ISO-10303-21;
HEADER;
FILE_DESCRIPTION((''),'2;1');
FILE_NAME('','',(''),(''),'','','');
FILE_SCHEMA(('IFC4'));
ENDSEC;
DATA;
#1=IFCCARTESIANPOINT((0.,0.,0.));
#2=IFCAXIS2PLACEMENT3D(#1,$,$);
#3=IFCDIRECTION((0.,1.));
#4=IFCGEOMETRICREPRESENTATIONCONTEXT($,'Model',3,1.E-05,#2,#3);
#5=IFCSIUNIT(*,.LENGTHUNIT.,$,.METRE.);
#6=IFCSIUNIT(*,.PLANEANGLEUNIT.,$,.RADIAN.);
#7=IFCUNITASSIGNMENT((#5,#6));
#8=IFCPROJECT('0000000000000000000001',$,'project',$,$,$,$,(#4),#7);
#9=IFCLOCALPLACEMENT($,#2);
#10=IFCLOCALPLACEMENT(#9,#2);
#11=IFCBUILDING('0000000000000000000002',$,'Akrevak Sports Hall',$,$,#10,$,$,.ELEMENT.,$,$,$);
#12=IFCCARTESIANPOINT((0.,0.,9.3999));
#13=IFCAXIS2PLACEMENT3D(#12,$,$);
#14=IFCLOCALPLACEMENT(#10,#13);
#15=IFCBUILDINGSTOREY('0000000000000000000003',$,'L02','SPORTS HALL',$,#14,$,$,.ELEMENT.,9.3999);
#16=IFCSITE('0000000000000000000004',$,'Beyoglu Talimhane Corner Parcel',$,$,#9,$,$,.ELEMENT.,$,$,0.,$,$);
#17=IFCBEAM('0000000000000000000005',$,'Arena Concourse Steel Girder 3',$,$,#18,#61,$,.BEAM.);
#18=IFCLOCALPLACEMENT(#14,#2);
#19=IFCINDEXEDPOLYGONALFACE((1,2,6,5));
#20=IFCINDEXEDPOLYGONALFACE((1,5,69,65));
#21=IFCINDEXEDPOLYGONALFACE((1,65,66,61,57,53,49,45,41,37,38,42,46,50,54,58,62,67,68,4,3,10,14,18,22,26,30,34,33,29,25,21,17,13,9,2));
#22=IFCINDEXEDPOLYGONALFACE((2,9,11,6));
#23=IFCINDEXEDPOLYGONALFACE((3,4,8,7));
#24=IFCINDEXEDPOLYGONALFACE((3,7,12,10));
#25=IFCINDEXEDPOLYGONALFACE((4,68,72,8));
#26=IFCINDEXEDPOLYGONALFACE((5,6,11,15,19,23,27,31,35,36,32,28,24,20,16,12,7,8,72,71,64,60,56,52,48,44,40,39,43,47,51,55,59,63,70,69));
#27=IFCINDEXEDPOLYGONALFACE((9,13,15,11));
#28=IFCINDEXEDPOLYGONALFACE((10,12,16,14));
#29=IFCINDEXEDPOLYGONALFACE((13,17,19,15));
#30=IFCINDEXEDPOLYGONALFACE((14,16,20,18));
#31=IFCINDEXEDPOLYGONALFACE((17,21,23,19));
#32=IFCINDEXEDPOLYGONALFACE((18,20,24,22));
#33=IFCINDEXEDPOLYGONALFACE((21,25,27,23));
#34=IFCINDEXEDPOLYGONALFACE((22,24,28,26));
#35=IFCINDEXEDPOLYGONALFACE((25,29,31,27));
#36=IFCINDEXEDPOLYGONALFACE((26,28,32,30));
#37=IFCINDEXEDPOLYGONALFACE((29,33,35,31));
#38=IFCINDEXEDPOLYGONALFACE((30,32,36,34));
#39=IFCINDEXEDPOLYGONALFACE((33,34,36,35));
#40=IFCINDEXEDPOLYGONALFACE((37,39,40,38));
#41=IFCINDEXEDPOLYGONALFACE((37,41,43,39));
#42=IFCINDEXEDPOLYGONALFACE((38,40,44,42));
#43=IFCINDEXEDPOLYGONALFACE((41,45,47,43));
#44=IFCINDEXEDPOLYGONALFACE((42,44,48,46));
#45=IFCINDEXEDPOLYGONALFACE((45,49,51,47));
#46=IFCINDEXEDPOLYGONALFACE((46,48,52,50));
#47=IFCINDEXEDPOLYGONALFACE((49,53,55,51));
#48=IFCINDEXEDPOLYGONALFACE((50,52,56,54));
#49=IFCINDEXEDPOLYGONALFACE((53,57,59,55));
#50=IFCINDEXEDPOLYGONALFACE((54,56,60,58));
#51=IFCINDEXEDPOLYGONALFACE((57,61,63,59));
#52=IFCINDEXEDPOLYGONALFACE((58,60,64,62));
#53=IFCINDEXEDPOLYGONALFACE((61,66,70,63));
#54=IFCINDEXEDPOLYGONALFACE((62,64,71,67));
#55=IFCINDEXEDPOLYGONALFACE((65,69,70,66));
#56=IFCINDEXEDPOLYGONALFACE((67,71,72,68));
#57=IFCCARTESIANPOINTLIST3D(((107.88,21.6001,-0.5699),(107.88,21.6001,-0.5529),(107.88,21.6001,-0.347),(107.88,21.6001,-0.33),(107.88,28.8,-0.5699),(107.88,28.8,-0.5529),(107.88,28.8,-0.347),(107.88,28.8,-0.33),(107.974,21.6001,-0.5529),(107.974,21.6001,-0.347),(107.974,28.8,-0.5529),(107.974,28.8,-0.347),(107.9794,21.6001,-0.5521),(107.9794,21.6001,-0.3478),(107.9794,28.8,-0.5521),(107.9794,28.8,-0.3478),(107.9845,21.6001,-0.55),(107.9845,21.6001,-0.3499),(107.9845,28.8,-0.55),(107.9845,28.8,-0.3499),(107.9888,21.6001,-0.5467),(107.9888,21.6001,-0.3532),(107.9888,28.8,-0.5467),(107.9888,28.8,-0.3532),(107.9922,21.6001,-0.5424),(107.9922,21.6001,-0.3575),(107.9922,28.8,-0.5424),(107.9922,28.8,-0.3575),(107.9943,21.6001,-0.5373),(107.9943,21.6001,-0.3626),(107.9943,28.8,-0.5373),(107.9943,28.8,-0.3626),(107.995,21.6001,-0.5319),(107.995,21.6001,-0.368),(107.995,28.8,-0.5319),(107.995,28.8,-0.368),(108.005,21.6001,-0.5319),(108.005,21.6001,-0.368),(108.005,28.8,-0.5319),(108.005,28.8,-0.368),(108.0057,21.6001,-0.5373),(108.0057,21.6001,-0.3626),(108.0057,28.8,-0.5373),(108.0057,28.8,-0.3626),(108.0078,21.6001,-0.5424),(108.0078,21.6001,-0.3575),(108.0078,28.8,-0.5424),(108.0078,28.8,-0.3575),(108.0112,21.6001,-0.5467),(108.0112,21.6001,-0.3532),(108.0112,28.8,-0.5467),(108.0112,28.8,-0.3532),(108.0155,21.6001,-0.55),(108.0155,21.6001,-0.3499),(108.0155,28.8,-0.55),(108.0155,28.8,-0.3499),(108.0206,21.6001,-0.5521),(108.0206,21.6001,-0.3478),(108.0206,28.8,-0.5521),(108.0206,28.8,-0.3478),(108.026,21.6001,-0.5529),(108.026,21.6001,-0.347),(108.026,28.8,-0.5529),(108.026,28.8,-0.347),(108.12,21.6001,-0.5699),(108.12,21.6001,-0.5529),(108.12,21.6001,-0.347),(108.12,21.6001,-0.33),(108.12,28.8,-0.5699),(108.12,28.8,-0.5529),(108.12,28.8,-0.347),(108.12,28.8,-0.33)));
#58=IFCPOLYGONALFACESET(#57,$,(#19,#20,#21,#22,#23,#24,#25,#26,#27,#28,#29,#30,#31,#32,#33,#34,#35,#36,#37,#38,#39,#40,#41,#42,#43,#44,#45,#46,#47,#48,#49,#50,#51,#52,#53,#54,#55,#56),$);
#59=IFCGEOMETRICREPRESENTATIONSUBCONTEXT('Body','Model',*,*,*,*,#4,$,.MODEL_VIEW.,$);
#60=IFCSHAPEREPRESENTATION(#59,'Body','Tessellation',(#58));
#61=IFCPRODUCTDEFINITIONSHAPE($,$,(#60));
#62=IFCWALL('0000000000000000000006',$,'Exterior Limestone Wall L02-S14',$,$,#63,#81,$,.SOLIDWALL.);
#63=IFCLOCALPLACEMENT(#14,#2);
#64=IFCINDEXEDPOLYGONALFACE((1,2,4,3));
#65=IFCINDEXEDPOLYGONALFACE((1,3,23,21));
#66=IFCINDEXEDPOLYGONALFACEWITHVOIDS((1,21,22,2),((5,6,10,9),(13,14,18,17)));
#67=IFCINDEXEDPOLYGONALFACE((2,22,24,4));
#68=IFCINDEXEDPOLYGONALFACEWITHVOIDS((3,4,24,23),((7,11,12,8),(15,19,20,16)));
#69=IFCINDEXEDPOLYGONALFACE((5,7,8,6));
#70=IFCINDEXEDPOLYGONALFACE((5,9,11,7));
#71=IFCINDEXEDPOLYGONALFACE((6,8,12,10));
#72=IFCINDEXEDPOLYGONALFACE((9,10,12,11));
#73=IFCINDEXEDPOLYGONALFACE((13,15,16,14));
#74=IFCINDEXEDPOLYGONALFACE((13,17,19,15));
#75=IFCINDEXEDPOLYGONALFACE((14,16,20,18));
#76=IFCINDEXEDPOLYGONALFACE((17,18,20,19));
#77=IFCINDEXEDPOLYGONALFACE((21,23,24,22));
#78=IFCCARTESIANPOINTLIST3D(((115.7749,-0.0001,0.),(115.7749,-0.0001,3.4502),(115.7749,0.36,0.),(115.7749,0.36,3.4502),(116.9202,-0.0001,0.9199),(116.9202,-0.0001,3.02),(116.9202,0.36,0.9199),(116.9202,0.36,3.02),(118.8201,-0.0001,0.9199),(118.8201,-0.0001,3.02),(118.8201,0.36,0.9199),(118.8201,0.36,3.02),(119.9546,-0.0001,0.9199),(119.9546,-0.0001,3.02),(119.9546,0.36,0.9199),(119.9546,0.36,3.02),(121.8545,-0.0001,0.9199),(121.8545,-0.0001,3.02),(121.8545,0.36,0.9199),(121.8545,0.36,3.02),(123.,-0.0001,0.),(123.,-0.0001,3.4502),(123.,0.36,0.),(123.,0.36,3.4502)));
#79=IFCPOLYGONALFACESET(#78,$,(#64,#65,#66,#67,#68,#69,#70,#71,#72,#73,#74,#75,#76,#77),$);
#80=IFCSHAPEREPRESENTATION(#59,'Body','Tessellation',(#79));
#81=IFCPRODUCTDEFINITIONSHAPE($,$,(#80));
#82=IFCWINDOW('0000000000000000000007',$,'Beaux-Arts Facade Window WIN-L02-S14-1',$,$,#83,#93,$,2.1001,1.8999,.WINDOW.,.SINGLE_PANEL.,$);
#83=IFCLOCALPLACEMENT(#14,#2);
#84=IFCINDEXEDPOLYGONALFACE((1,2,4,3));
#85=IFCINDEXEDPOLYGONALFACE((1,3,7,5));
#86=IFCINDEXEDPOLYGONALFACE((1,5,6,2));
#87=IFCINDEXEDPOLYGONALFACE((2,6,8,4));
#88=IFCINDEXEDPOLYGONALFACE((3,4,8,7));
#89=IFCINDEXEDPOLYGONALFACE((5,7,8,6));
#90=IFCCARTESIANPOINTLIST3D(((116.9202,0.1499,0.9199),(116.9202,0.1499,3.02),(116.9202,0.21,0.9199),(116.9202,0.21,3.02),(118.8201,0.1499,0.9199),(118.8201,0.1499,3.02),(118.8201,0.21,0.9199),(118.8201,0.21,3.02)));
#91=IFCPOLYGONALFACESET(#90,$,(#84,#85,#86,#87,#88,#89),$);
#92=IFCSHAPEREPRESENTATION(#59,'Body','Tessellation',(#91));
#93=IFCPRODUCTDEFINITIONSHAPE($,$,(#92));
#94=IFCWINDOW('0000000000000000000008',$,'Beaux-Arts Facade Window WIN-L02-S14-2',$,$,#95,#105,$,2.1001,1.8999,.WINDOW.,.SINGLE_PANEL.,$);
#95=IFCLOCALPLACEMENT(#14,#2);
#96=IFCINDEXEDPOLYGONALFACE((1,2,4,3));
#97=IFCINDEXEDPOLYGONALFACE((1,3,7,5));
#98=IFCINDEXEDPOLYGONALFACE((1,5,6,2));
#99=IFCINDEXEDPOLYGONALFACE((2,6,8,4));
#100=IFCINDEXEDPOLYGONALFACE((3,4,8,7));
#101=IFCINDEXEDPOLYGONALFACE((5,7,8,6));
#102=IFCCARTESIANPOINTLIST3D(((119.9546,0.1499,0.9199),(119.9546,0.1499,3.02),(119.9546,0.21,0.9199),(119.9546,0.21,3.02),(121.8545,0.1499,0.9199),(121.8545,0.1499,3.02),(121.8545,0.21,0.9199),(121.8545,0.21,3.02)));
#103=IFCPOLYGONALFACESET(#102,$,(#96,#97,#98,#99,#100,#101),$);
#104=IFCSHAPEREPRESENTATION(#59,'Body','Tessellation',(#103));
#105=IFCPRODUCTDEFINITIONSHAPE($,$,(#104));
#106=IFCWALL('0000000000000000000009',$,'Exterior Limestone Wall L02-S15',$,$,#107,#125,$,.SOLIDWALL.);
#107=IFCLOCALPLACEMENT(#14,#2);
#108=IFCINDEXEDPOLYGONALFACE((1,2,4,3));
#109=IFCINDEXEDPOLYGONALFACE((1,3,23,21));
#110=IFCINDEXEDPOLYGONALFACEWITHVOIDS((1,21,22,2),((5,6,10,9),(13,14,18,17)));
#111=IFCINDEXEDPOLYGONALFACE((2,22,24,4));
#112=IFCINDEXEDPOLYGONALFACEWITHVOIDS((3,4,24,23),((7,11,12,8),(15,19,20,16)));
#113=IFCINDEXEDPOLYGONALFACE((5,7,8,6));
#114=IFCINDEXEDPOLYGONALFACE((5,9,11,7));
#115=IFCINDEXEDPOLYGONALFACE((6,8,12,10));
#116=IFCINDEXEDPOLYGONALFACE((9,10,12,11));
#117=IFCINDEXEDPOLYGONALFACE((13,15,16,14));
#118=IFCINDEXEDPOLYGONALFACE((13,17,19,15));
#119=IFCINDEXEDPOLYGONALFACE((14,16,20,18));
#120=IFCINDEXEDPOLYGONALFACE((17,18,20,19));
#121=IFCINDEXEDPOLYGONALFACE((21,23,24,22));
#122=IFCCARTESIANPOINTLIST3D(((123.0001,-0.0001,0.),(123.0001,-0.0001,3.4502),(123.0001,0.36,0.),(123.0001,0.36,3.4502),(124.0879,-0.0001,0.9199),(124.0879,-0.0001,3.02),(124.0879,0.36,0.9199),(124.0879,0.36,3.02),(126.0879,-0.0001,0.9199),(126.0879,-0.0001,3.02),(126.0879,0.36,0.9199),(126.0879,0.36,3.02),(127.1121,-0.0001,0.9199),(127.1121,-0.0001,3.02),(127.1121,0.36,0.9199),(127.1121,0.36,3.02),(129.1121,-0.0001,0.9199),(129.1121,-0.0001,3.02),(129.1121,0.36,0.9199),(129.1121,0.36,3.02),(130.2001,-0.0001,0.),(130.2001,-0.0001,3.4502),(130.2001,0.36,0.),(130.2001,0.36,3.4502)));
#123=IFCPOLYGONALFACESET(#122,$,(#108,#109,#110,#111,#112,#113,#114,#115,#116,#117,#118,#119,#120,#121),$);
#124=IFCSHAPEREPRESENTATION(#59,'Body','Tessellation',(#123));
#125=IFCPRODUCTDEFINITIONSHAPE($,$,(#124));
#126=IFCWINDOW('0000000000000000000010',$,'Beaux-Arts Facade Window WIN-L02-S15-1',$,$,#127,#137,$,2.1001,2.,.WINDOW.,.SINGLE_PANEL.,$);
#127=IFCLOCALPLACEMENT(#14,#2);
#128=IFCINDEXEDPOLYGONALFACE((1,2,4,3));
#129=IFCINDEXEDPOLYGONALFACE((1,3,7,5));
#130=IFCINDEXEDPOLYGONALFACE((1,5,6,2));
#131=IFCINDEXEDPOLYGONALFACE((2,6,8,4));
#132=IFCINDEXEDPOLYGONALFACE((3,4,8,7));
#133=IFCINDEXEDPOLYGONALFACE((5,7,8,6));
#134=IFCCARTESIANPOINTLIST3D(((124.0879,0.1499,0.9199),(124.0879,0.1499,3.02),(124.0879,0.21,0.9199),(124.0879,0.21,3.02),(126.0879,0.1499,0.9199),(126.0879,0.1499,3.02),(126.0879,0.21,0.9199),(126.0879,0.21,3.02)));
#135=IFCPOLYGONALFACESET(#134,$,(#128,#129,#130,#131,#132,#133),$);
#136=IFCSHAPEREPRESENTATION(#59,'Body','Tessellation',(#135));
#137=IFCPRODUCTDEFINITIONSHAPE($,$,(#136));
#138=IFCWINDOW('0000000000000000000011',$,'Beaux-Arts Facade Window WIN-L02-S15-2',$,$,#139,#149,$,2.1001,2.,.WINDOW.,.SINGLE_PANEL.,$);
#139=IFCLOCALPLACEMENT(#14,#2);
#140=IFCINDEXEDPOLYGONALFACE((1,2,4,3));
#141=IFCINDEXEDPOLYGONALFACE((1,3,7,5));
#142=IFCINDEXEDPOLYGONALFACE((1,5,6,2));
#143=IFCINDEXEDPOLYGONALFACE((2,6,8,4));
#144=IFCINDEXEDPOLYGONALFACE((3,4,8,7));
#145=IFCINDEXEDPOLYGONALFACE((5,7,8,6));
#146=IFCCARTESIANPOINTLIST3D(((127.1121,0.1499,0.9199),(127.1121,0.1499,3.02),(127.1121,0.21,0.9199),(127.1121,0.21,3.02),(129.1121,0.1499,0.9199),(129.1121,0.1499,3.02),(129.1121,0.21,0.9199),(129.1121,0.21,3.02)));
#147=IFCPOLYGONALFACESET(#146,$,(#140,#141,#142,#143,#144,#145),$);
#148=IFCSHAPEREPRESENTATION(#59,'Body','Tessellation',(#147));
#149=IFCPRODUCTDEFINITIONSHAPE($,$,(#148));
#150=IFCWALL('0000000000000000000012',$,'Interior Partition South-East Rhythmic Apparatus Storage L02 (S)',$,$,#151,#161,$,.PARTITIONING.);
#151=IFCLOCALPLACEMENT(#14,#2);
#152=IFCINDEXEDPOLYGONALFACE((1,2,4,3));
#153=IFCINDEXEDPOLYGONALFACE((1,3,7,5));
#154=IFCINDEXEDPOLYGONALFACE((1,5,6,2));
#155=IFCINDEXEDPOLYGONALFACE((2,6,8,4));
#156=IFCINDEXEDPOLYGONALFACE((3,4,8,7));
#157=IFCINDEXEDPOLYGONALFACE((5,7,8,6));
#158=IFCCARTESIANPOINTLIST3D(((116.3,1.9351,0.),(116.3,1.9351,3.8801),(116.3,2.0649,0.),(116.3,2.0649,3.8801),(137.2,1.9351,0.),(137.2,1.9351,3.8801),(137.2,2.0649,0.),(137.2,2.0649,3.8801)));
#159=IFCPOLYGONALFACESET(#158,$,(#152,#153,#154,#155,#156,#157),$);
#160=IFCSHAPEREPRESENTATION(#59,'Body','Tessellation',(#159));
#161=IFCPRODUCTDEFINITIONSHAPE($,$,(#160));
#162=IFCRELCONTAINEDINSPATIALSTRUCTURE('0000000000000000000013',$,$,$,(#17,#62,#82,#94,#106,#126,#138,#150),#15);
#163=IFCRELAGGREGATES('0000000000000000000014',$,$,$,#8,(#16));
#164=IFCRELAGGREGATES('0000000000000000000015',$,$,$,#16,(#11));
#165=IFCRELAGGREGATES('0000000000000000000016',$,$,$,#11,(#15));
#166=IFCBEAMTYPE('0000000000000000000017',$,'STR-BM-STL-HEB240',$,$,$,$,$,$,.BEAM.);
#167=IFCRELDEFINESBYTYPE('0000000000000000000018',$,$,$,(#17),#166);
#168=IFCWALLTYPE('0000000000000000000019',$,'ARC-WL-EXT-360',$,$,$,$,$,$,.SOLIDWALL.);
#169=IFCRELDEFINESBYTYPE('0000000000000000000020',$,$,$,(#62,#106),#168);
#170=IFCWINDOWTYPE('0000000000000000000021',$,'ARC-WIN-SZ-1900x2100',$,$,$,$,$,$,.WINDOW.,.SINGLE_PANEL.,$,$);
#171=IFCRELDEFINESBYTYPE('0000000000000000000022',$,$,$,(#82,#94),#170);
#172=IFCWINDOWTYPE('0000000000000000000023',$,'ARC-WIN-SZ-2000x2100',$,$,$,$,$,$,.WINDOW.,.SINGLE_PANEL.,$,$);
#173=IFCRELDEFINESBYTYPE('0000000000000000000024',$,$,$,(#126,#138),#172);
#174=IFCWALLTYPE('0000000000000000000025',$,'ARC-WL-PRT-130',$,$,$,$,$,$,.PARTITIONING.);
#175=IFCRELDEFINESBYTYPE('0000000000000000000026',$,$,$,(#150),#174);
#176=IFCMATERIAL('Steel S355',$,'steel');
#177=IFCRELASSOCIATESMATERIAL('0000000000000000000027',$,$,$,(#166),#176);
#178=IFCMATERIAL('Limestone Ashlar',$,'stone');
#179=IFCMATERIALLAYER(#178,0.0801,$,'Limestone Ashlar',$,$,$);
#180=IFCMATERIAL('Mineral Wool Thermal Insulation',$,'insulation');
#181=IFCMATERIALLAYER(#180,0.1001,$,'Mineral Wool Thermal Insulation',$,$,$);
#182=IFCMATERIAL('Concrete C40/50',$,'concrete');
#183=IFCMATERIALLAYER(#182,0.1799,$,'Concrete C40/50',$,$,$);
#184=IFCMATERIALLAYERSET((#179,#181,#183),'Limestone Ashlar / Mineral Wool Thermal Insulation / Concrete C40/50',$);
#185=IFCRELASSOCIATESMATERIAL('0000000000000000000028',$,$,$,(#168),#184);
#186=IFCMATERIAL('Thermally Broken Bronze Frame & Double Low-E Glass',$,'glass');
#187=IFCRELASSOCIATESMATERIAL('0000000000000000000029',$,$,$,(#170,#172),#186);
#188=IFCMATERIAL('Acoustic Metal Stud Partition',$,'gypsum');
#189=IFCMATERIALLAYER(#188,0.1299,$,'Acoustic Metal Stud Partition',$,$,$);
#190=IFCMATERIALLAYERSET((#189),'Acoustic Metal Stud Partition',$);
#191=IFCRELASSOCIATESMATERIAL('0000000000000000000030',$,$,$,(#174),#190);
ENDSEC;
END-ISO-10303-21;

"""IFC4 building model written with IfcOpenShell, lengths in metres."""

from ifc_helpers import new_model, si_unit, direction, frame, frame_2d, origin, origin_2d, place, context, subcontext, project, spatial, rectangle, i_section, extrude, material, layer, layer_set, material_profile, profile_set, type_object, element, fill, save


model = new_model("IFC4")

# Units and contexts
model_context = context("Model", 3, precision=1e-05, world=origin(), true_north=direction((0.0, 1.0)))
body_context = subcontext(model_context, "Body", "Model", "MODEL_VIEW")
ifc_project = project(units=[si_unit("LENGTHUNIT", "METRE"), si_unit("PLANEANGLEUNIT", "RADIAN")], contexts=[model_context])

# Site, building, storey
site_placement = place(None, origin())
site = spatial("IfcSite", under=ifc_project, at=site_placement, Name="Beyoglu Talimhane Corner Parcel", CompositionType="ELEMENT", RefElevation=0.0)
building_placement = place(site_placement, origin())
building = spatial("IfcBuilding", under=site, at=building_placement, Name="Akrevak Sports Hall", CompositionType="ELEMENT")
storey_placement = place(building_placement, frame((0.0, 0.0, 9.3999)))
storey = spatial("IfcBuildingStorey", under=building, at=storey_placement, Name="L02", Description="SPORTS HALL", CompositionType="ELEMENT", Elevation=9.3999)

# Shared definitions
ifc_material_1 = material(Name="Concrete C40/50", Category="concrete")

# Beam
ifc_material_2 = material(Name="Steel S355", Category="steel")
ifc_material_profile_1 = material_profile(ifc_material_2, i_section(OverallWidth=0.24, OverallDepth=0.24, WebThickness=0.01, FlangeThickness=0.0171, FilletRadius=0.021, at=origin_2d()), Name="HEB 240", Category="steel")
ifc_profile_set_1 = profile_set([ifc_material_profile_1], Name="Steel S355")
beam_type_1 = type_object("IfcBeamType", Name="STR-BM-STL-HEB240", PredefinedType="BEAM", material=ifc_profile_set_1)
beam_placement = place(storey_placement, frame((108.0, 21.6001, -0.45), z_axis=(0.0, 1.0, 0.0), x_axis=(-1.0, 0.0, 0.0)))
element("IfcBeam", 1, at=beam_placement, inside=storey, type_object=beam_type_1, Name="Arena Concourse Steel Girder 3", PredefinedType="BEAM", context=body_context, shape_type="SweptSolid", body=[
    extrude(i_section(OverallWidth=0.24, OverallDepth=0.24, WebThickness=0.01, FlangeThickness=0.0171, FilletRadius=0.021, at=origin_2d()), origin(), (0.0, 0.0, 1.0), 7.2),
])

# Walls, openings, windows
ifc_material_3 = material(Name="Limestone Ashlar", Category="stone")
ifc_layer_1 = layer(ifc_material_3, 0.0801, Name="Limestone Ashlar")
ifc_material_4 = material(Name="Mineral Wool Thermal Insulation", Category="insulation")
ifc_layer_2 = layer(ifc_material_4, 0.1001, Name="Mineral Wool Thermal Insulation")
ifc_layer_3 = layer(ifc_material_1, 0.1799, Name="Concrete C40/50")
ifc_layer_set_1 = layer_set([ifc_layer_1, ifc_layer_2, ifc_layer_3], Name="Limestone Ashlar / Mineral Wool Thermal Insulation / Concrete C40/50")
wall_type_1 = type_object("IfcWallType", Name="ARC-WL-EXT-360", PredefinedType="SOLIDWALL", material=ifc_layer_set_1)
wall_1_placement = place(storey_placement, frame((115.7749, 0.1799, 0.0), z_axis=(0.0, 0.0, 1.0), x_axis=(1.0, 0.0, 0.0)))
wall_1 = element("IfcWall", 2, at=wall_1_placement, inside=storey, type_object=wall_type_1, Name="Exterior Limestone Wall L02-S14", PredefinedType="SOLIDWALL", context=body_context, shape_type="SweptSolid", body=[
    extrude(rectangle(XDim=7.2251, YDim=0.3601, at=frame_2d((3.6125, 0.0))), origin(), (0.0, 0.0, 1.0), 3.4502),
])
opening_1_placement = place(wall_1_placement, frame((1.1453, 0.0, 0.9199)))
opening_1 = element("IfcOpeningElement", 3, at=opening_1_placement, cuts=wall_1, PredefinedType="OPENING", context=body_context, shape_type="SweptSolid", body=[
    extrude(rectangle(XDim=1.8999, YDim=2.1001, at=frame_2d((0.95, 1.05))), frame((0.0, 0.1919, 0.0), z_axis=(0.0, -1.0, 0.0), x_axis=(1.0, 0.0, 0.0)), (0.0, 0.0, 1.0), 0.384),
])
opening_2_placement = place(wall_1_placement, frame((4.1797, 0.0, 0.9199)))
opening_2 = element("IfcOpeningElement", 4, at=opening_2_placement, cuts=wall_1, PredefinedType="OPENING", context=body_context, shape_type="SweptSolid", body=[
    extrude(rectangle(XDim=1.8999, YDim=2.1001, at=frame_2d((0.95, 1.05))), frame((0.0, 0.1919, 0.0), z_axis=(0.0, -1.0, 0.0), x_axis=(1.0, 0.0, 0.0)), (0.0, 0.0, 1.0), 0.384),
])
ifc_material_5 = material(Name="Thermally Broken Bronze Frame & Double Low-E Glass", Category="glass")
window_type_1 = type_object("IfcWindowType", Name="ARC-WIN-SZ-1900x2100", PartitioningType="SINGLE_PANEL", PredefinedType="WINDOW", material=ifc_material_5)
window_1_placement = place(opening_1_placement, origin())
window_1 = element("IfcWindow", 5, at=window_1_placement, inside=storey, type_object=window_type_1, Name="Beaux-Arts Facade Window WIN-L02-S14-1", OverallHeight=2.1001, OverallWidth=1.8999, PartitioningType="SINGLE_PANEL", PredefinedType="WINDOW", context=body_context, shape_type="SweptSolid", body=[
    extrude(rectangle(XDim=1.8999, YDim=2.1001, at=frame_2d((0.95, 1.05))), frame((0.0, 0.03, 0.0), z_axis=(0.0, -1.0, 0.0), x_axis=(1.0, 0.0, 0.0)), (0.0, 0.0, 1.0), 0.0601),
])
fill(opening_1, window_1)
window_2_placement = place(opening_2_placement, origin())
window_2 = element("IfcWindow", 6, at=window_2_placement, inside=storey, type_object=window_type_1, Name="Beaux-Arts Facade Window WIN-L02-S14-2", OverallHeight=2.1001, OverallWidth=1.8999, PartitioningType="SINGLE_PANEL", PredefinedType="WINDOW", context=body_context, shape_type="SweptSolid", body=[
    extrude(rectangle(XDim=1.8999, YDim=2.1001, at=frame_2d((0.95, 1.05))), frame((0.0, 0.03, 0.0), z_axis=(0.0, -1.0, 0.0), x_axis=(1.0, 0.0, 0.0)), (0.0, 0.0, 1.0), 0.0601),
])
fill(opening_2, window_2)
wall_2_placement = place(storey_placement, frame((123.0, 0.1799, 0.0), z_axis=(0.0, 0.0, 1.0), x_axis=(1.0, 0.0, 0.0)))
wall_2 = element("IfcWall", 7, at=wall_2_placement, inside=storey, type_object=wall_type_1, Name="Exterior Limestone Wall L02-S15", PredefinedType="SOLIDWALL", context=body_context, shape_type="SweptSolid", body=[
    extrude(rectangle(XDim=7.2, YDim=0.3601, at=frame_2d((3.6001, 0.0))), origin(), (0.0, 0.0, 1.0), 3.4502),
])
opening_3_placement = place(wall_2_placement, frame((1.0879, 0.0, 0.9199)))
opening_3 = element("IfcOpeningElement", 8, at=opening_3_placement, cuts=wall_2, PredefinedType="OPENING", context=body_context, shape_type="SweptSolid", body=[
    extrude(rectangle(XDim=2.0, YDim=2.1001, at=frame_2d((1.0, 1.05))), frame((0.0, 0.1919, 0.0), z_axis=(0.0, -1.0, 0.0), x_axis=(1.0, 0.0, 0.0)), (0.0, 0.0, 1.0), 0.384),
])
opening_4_placement = place(wall_2_placement, frame((4.1121, 0.0, 0.9199)))
opening_4 = element("IfcOpeningElement", 9, at=opening_4_placement, cuts=wall_2, PredefinedType="OPENING", context=body_context, shape_type="SweptSolid", body=[
    extrude(rectangle(XDim=2.0, YDim=2.1001, at=frame_2d((1.0, 1.05))), frame((0.0, 0.1919, 0.0), z_axis=(0.0, -1.0, 0.0), x_axis=(1.0, 0.0, 0.0)), (0.0, 0.0, 1.0), 0.384),
])
window_type_2 = type_object("IfcWindowType", Name="ARC-WIN-SZ-2000x2100", PartitioningType="SINGLE_PANEL", PredefinedType="WINDOW", material=ifc_material_5)
window_3_placement = place(opening_3_placement, origin())
window_3 = element("IfcWindow", 10, at=window_3_placement, inside=storey, type_object=window_type_2, Name="Beaux-Arts Facade Window WIN-L02-S15-1", OverallHeight=2.1001, OverallWidth=2.0, PartitioningType="SINGLE_PANEL", PredefinedType="WINDOW", context=body_context, shape_type="SweptSolid", body=[
    extrude(rectangle(XDim=2.0, YDim=2.1001, at=frame_2d((1.0, 1.05))), frame((0.0, 0.03, 0.0), z_axis=(0.0, -1.0, 0.0), x_axis=(1.0, 0.0, 0.0)), (0.0, 0.0, 1.0), 0.0601),
])
fill(opening_3, window_3)
window_4_placement = place(opening_4_placement, origin())
window_4 = element("IfcWindow", 11, at=window_4_placement, inside=storey, type_object=window_type_2, Name="Beaux-Arts Facade Window WIN-L02-S15-2", OverallHeight=2.1001, OverallWidth=2.0, PartitioningType="SINGLE_PANEL", PredefinedType="WINDOW", context=body_context, shape_type="SweptSolid", body=[
    extrude(rectangle(XDim=2.0, YDim=2.1001, at=frame_2d((1.0, 1.05))), frame((0.0, 0.03, 0.0), z_axis=(0.0, -1.0, 0.0), x_axis=(1.0, 0.0, 0.0)), (0.0, 0.0, 1.0), 0.0601),
])
fill(opening_4, window_4)

# Wall
ifc_material_6 = material(Name="Acoustic Metal Stud Partition", Category="gypsum")
ifc_layer_4 = layer(ifc_material_6, 0.1299, Name="Acoustic Metal Stud Partition")
ifc_layer_set_2 = layer_set([ifc_layer_4], Name="Acoustic Metal Stud Partition")
wall_type_2 = type_object("IfcWallType", Name="ARC-WL-PRT-130", PredefinedType="PARTITIONING", material=ifc_layer_set_2)
wall_3_placement = place(storey_placement, frame((116.3, 2.0, 0.0), z_axis=(0.0, 0.0, 1.0), x_axis=(1.0, 0.0, 0.0)))
element("IfcWall", 12, at=wall_3_placement, inside=storey, type_object=wall_type_2, Name="Interior Partition South-East Rhythmic Apparatus Storage L02 (S)", PredefinedType="PARTITIONING", context=body_context, shape_type="SweptSolid", body=[
    extrude(rectangle(XDim=20.8999, YDim=0.1299, at=frame_2d((10.45, 0.0))), origin(), (0.0, 0.0, 1.0), 3.8801),
])

save(model, "model.ifc")
